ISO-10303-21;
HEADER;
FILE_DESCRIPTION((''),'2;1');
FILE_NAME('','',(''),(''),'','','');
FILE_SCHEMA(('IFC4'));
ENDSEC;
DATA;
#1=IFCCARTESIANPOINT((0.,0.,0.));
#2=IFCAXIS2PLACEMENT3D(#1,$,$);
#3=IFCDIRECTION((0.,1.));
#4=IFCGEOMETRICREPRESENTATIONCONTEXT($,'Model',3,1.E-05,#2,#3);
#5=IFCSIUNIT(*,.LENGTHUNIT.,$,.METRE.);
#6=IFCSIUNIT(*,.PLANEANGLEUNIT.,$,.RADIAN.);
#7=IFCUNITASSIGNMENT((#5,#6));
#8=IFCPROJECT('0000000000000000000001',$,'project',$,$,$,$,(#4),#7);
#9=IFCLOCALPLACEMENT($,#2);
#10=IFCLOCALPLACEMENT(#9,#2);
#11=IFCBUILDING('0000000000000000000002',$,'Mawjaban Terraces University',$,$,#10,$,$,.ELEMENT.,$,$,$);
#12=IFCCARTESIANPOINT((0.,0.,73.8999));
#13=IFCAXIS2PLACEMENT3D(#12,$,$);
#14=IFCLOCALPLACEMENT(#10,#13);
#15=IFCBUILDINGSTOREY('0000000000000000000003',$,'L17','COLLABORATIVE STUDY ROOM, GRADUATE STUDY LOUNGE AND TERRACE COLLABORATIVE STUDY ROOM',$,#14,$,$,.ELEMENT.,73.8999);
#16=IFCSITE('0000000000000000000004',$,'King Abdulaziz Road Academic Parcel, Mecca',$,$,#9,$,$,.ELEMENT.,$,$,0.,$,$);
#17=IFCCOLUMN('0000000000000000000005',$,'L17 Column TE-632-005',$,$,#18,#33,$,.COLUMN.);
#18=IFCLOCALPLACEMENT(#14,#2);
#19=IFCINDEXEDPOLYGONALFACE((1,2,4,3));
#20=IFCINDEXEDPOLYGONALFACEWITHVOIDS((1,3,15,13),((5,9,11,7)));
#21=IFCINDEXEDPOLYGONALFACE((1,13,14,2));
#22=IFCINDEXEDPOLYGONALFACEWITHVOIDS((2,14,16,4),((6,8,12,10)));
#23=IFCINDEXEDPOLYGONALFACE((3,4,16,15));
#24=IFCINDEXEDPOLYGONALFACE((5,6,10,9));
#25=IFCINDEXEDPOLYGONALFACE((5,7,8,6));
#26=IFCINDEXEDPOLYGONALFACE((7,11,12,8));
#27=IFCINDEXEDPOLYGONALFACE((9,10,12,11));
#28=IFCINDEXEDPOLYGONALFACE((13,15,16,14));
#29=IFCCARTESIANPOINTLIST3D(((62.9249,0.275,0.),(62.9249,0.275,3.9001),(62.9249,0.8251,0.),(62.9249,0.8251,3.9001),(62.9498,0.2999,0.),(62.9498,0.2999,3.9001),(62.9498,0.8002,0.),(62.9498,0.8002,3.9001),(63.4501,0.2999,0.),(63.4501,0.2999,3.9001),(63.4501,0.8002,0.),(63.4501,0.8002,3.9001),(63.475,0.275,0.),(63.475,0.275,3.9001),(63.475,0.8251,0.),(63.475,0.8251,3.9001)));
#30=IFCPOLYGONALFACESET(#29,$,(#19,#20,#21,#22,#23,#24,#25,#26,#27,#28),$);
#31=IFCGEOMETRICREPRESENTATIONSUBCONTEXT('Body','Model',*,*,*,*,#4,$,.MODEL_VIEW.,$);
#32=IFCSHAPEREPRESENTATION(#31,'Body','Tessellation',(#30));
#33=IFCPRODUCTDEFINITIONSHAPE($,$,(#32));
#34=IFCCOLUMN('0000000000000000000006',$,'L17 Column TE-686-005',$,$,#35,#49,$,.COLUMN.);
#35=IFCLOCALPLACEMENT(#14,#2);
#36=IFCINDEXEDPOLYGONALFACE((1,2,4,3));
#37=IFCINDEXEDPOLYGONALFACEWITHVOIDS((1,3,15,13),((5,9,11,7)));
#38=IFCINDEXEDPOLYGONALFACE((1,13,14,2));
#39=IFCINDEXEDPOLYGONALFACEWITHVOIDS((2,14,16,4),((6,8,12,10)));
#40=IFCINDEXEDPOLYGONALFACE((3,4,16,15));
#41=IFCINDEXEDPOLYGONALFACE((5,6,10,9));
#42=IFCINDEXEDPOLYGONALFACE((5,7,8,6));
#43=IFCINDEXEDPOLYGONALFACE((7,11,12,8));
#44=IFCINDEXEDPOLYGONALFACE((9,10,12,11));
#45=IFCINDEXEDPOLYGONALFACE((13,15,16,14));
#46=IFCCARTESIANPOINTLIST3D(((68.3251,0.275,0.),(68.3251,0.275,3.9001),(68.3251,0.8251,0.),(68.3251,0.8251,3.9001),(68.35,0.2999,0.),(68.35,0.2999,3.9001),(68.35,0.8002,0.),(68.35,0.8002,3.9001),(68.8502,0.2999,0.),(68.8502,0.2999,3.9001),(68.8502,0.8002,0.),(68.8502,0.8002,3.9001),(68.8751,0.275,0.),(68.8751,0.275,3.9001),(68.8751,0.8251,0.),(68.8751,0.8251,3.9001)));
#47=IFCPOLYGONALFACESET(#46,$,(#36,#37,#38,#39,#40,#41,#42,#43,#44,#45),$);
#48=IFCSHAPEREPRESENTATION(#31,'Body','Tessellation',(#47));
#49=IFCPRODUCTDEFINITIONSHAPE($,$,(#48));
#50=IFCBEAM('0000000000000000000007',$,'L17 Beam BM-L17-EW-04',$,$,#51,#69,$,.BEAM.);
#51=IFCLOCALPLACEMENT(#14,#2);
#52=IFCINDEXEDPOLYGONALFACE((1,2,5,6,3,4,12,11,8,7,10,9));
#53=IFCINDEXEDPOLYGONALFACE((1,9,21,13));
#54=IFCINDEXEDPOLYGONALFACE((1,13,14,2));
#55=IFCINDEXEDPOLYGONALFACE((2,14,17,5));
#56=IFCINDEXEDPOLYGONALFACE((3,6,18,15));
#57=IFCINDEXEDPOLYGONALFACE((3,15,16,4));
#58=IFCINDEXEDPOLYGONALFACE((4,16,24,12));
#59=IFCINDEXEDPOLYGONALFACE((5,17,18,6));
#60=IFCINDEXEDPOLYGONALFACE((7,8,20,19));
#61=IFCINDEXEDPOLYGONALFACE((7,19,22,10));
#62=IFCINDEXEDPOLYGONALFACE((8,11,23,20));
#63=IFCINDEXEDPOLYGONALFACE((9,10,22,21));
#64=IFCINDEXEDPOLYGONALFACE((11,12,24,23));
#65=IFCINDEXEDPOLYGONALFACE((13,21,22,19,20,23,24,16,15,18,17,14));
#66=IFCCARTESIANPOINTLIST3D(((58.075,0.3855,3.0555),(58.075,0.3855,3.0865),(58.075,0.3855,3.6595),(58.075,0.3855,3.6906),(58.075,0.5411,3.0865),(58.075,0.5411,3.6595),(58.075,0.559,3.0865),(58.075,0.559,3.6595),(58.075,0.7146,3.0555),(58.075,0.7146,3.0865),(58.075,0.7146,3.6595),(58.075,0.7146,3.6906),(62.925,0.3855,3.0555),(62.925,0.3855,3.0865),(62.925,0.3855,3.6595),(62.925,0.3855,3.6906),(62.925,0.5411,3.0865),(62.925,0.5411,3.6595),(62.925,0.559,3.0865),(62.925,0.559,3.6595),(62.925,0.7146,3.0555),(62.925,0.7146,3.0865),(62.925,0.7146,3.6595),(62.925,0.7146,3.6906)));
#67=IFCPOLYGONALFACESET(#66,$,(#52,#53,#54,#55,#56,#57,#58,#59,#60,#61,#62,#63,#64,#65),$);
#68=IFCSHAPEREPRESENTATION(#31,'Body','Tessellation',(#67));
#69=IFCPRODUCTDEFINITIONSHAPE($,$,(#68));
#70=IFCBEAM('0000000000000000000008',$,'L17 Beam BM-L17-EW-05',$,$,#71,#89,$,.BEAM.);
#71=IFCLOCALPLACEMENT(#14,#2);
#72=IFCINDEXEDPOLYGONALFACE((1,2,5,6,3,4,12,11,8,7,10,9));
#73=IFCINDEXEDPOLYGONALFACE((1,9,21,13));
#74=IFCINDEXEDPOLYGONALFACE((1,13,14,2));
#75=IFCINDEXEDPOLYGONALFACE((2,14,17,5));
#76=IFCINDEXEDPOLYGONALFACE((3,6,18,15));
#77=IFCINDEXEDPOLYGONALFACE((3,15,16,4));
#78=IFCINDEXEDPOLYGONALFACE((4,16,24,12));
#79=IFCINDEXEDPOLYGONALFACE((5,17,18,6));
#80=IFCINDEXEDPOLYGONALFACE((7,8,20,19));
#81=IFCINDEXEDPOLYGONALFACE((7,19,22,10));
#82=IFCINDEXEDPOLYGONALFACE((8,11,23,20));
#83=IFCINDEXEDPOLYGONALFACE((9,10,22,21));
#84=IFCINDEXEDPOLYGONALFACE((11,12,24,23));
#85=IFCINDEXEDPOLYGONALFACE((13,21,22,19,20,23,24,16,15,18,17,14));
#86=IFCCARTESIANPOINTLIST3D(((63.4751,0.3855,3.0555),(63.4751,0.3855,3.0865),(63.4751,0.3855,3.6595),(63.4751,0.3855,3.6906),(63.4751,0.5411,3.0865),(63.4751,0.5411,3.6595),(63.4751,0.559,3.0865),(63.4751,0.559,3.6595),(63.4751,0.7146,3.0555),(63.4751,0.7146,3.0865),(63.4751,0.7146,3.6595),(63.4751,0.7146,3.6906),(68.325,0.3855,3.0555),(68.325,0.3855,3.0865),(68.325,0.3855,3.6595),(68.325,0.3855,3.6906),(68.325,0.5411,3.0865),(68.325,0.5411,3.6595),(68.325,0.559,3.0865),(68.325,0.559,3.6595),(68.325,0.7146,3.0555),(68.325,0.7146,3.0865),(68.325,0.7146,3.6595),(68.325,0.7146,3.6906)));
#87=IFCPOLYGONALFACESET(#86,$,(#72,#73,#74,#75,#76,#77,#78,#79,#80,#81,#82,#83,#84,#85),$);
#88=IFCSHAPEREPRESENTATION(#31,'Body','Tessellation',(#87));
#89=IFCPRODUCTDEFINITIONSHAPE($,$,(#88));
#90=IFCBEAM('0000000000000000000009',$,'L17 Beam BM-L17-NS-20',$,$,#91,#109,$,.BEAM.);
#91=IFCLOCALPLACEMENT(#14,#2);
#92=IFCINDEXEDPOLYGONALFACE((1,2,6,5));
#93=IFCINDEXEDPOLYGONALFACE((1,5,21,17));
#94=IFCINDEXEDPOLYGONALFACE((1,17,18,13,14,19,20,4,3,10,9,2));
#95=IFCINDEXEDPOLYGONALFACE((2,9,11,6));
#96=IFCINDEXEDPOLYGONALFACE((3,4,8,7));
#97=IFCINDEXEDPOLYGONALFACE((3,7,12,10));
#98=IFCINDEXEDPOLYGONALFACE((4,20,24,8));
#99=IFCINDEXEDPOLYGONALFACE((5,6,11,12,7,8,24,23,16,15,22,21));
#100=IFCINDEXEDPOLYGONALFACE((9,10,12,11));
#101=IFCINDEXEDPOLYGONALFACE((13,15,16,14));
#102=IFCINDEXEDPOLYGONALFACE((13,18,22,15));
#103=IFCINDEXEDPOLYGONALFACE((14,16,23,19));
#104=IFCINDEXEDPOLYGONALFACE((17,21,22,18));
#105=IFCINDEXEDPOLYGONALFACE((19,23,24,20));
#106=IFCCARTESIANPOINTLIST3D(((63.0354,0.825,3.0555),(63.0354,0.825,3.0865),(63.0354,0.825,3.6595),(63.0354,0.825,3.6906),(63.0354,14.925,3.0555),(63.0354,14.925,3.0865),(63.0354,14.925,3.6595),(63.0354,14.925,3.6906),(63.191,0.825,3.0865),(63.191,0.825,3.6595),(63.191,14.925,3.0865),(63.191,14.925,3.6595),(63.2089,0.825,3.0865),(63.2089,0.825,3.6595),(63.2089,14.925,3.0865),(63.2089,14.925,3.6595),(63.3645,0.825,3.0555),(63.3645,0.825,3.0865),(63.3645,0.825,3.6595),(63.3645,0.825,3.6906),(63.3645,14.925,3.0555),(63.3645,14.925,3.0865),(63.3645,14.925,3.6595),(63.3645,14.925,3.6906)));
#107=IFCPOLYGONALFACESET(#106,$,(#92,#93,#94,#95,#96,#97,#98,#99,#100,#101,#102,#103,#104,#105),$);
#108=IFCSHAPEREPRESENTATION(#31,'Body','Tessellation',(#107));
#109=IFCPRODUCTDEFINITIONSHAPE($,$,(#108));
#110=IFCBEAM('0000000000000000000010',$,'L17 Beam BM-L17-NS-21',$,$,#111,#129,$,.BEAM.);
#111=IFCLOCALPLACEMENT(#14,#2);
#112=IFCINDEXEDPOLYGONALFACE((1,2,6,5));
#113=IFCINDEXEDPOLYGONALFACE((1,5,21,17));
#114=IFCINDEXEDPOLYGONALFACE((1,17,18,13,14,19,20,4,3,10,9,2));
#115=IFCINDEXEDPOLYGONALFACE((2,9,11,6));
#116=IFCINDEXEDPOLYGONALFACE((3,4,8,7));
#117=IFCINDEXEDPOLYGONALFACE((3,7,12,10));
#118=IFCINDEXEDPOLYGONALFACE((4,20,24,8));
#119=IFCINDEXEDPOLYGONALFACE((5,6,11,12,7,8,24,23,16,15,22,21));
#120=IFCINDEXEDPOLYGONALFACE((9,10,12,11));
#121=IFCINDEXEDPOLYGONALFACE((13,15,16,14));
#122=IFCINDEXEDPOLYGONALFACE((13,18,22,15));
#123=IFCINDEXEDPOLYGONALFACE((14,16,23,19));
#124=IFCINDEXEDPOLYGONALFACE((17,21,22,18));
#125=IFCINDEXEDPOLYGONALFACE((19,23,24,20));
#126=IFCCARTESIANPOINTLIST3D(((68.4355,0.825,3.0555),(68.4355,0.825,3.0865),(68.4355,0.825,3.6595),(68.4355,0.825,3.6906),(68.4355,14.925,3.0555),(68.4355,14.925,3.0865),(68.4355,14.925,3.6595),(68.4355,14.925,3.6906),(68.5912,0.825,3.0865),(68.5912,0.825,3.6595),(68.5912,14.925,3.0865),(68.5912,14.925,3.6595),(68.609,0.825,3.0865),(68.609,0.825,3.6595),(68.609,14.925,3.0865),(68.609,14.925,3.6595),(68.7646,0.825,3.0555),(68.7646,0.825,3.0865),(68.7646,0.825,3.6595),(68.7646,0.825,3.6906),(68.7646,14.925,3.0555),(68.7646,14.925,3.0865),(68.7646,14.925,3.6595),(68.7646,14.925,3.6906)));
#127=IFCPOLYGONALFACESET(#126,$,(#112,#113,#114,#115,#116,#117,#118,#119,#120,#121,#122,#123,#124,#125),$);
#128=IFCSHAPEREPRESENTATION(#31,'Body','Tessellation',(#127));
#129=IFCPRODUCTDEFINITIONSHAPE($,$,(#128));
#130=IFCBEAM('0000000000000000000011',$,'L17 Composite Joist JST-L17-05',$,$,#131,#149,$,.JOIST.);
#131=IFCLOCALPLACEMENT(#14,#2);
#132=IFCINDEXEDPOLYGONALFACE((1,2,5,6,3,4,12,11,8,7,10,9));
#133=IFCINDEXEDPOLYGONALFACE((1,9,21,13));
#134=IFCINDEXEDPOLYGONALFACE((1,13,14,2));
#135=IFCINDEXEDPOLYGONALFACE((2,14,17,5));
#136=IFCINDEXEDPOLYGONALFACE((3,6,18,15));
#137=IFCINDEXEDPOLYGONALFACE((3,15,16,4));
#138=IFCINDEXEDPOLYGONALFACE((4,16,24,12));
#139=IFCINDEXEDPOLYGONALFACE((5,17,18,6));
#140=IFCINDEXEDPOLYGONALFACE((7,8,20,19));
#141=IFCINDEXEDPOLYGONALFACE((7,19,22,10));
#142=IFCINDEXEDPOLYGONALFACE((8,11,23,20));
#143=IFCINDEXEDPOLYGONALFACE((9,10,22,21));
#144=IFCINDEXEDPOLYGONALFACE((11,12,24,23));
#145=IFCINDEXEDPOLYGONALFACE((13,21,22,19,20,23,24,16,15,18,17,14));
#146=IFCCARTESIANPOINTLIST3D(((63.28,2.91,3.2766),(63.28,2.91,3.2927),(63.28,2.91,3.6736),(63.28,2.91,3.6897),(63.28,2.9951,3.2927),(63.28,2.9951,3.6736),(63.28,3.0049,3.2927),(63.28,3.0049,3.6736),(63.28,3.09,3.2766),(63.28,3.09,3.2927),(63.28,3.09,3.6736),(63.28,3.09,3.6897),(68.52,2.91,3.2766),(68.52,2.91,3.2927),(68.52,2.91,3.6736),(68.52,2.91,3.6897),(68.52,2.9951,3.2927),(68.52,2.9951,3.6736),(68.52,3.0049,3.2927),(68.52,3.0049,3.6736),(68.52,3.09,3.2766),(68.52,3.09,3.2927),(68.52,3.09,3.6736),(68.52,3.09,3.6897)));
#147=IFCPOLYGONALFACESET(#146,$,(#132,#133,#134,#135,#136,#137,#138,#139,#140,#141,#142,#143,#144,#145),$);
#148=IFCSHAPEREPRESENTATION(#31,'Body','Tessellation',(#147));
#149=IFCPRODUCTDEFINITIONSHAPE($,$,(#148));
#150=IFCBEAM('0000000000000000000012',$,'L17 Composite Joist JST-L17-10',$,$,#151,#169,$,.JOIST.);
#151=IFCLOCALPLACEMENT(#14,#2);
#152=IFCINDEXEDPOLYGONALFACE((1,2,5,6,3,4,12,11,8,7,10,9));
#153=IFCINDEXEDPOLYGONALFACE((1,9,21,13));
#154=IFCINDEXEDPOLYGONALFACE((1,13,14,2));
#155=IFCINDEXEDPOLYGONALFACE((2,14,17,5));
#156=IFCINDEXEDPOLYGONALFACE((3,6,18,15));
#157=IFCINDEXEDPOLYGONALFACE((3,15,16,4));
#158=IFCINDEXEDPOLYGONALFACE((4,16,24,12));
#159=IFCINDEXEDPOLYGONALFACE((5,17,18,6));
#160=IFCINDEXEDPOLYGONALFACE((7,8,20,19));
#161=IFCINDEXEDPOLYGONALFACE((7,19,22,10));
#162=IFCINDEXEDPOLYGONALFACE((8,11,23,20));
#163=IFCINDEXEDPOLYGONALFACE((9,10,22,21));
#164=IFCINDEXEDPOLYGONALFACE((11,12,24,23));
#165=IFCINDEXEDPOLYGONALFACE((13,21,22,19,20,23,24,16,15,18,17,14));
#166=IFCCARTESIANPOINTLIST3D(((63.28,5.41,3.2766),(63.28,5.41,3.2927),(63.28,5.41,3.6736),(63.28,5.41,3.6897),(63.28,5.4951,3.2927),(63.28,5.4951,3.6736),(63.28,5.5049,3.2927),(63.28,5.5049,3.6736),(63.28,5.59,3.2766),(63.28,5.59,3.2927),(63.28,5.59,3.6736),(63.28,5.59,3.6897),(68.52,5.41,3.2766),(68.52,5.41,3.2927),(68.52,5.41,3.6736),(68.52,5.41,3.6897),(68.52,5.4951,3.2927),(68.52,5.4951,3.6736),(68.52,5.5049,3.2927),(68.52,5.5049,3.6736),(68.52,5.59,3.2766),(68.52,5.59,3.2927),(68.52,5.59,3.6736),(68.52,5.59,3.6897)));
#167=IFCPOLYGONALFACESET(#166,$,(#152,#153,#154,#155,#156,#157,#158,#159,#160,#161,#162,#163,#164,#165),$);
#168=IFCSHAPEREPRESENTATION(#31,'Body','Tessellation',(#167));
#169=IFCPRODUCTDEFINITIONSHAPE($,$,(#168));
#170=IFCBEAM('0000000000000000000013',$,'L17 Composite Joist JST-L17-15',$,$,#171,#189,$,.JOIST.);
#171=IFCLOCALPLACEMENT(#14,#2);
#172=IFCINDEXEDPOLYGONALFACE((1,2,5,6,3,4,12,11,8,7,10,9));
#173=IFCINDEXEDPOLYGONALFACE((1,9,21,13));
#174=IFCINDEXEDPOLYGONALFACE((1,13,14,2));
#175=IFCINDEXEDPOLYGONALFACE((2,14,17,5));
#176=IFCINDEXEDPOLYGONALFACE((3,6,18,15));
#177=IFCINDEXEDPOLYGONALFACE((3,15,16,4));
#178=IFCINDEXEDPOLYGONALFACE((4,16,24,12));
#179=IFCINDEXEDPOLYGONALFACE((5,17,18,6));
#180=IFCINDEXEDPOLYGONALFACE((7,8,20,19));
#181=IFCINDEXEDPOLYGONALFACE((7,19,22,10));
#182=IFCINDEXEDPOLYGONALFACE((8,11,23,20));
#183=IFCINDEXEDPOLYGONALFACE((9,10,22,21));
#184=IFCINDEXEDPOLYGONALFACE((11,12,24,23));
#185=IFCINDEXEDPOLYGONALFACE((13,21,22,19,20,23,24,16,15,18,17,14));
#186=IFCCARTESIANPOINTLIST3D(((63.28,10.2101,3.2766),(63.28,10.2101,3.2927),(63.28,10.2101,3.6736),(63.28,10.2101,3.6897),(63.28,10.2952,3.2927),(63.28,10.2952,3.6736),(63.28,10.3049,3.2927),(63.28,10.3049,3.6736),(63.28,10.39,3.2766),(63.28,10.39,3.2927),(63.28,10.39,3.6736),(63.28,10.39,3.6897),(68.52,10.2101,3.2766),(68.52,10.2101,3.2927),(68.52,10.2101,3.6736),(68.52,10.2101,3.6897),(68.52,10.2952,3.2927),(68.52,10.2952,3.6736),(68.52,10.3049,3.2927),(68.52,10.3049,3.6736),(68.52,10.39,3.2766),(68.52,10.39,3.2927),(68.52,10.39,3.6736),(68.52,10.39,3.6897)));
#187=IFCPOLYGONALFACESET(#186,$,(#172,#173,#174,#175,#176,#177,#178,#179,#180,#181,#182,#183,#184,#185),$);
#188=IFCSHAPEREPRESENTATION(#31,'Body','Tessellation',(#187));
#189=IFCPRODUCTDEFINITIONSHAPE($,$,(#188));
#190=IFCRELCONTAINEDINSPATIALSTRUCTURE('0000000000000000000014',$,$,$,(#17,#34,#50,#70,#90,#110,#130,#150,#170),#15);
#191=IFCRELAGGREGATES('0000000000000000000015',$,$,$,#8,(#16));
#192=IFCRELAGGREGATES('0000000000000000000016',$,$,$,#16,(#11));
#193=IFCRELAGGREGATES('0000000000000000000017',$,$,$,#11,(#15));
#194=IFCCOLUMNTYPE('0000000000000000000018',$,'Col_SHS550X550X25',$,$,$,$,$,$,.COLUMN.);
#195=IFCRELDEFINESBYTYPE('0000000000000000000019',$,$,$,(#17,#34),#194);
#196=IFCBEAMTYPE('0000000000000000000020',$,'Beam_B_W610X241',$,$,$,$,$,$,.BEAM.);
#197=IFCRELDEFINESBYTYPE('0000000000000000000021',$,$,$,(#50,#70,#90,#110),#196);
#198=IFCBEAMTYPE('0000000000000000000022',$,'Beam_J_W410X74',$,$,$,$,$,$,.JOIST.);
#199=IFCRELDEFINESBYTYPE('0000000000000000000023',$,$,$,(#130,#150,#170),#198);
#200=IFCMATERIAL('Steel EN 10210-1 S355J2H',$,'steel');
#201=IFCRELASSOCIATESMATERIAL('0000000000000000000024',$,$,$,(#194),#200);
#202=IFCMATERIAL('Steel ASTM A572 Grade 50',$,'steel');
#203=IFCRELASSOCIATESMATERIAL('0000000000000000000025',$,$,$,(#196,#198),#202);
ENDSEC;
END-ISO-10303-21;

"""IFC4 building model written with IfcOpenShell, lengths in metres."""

from ifc_helpers import new_model, si_unit, direction, frame, origin, origin_2d, place, context, subcontext, project, spatial, hollow_rectangle, i_section, extrude, material, material_profile, profile_set, type_object, element, save


model = new_model("IFC4")

# Units and contexts
model_context = context("Model", 3, precision=1e-05, world=origin(), true_north=direction((0.0, 1.0)))
body_context = subcontext(model_context, "Body", "Model", "MODEL_VIEW")
ifc_project = project(units=[si_unit("LENGTHUNIT", "METRE"), si_unit("PLANEANGLEUNIT", "RADIAN")], contexts=[model_context])

# Site, building, storey
site_placement = place(None, origin())
site = spatial("IfcSite", under=ifc_project, at=site_placement, Name="King Abdulaziz Road Academic Parcel, Mecca", CompositionType="ELEMENT", RefElevation=0.0)
building_placement = place(site_placement, origin())
building = spatial("IfcBuilding", under=site, at=building_placement, Name="Mawjaban Terraces University", CompositionType="ELEMENT")
storey_placement = place(building_placement, frame((0.0, 0.0, 73.8999)))
storey = spatial("IfcBuildingStorey", under=building, at=storey_placement, Name="L17", Description="COLLABORATIVE STUDY ROOM, GRADUATE STUDY LOUNGE AND TERRACE COLLABORATIVE STUDY ROOM", CompositionType="ELEMENT", Elevation=73.8999)

# Columns
ifc_material_1 = material(Name="Steel EN 10210-1 S355J2H", Category="steel")
ifc_material_profile_1 = material_profile(ifc_material_1, hollow_rectangle(XDim=0.55, YDim=0.55, WallThickness=0.0249, at=origin_2d()), Name="SHS550X550X25")
ifc_profile_set_1 = profile_set([ifc_material_profile_1], Name="Steel EN 10210-1 S355J2H")
column_type = type_object("IfcColumnType", Name="Col_SHS550X550X25", PredefinedType="COLUMN", material=ifc_profile_set_1)
for number, where, z_axis, x_axis, name in (
    (1, (63.2, 0.55, 0.0), (0.0, 0.0, 1.0), (1.0, 0.0, 0.0), "L17 Column TE-632-005"),
    (2, (68.6001, 0.55, 0.0), (0.0, 0.0, 1.0), (1.0, 0.0, 0.0), "L17 Column TE-686-005"),
):
    element("IfcColumn", number, at=place(storey_placement, frame(where, z_axis=z_axis, x_axis=x_axis)), inside=storey, type_object=column_type, Name=name, PredefinedType="COLUMN", context=body_context, shape_type="SweptSolid", body=[
        extrude(hollow_rectangle(XDim=0.55, YDim=0.55, WallThickness=0.0249, at=origin_2d()), origin(), (0.0, 0.0, 1.0), 3.9001),
    ])

# Beams
ifc_material_2 = material(Name="Steel ASTM A572 Grade 50", Category="steel")
ifc_material_profile_2 = material_profile(ifc_material_2, i_section(OverallWidth=0.3291, OverallDepth=0.635, WebThickness=0.0178, FlangeThickness=0.031, at=origin_2d()), Name="W610X241")
ifc_profile_set_2 = profile_set([ifc_material_profile_2], Name="Steel ASTM A572 Grade 50")
beam_type_1 = type_object("IfcBeamType", Name="Beam_B_W610X241", PredefinedType="BEAM", material=ifc_profile_set_2)
beam_1_placement = place(storey_placement, frame((58.075, 0.55, 3.373), z_axis=(1.0, 0.0, 0.0), x_axis=(0.0, 1.0, 0.0)))
element("IfcBeam", 3, at=beam_1_placement, inside=storey, type_object=beam_type_1, Name="L17 Beam BM-L17-EW-04", PredefinedType="BEAM", context=body_context, shape_type="SweptSolid", body=[
    extrude(i_section(OverallWidth=0.3291, OverallDepth=0.635, WebThickness=0.0178, FlangeThickness=0.031, at=origin_2d()), origin(), (0.0, 0.0, 1.0), 4.8501),
])
beam_2_placement = place(storey_placement, frame((63.4751, 0.55, 3.373), z_axis=(1.0, 0.0, 0.0), x_axis=(0.0, 1.0, 0.0)))
element("IfcBeam", 4, at=beam_2_placement, inside=storey, type_object=beam_type_1, Name="L17 Beam BM-L17-EW-05", PredefinedType="BEAM", context=body_context, shape_type="SweptSolid", body=[
    extrude(i_section(OverallWidth=0.3291, OverallDepth=0.635, WebThickness=0.0178, FlangeThickness=0.031, at=origin_2d()), origin(), (0.0, 0.0, 1.0), 4.8499),
])
for number, where, z_axis, x_axis, name in (
    (5, (63.2, 0.825, 3.373), (0.0, 1.0, 0.0), (-1.0, 0.0, 0.0), "L17 Beam BM-L17-NS-20"),
    (6, (68.6001, 0.825, 3.373), (0.0, 1.0, 0.0), (-1.0, 0.0, 0.0), "L17 Beam BM-L17-NS-21"),
):
    element("IfcBeam", number, at=place(storey_placement, frame(where, z_axis=z_axis, x_axis=x_axis)), inside=storey, type_object=beam_type_1, Name=name, PredefinedType="BEAM", context=body_context, shape_type="SweptSolid", body=[
        extrude(i_section(OverallWidth=0.3291, OverallDepth=0.635, WebThickness=0.0178, FlangeThickness=0.031, at=origin_2d()), origin(), (0.0, 0.0, 1.0), 14.1001),
    ])
ifc_material_profile_3 = material_profile(ifc_material_2, i_section(OverallWidth=0.1799, OverallDepth=0.4131, WebThickness=0.0098, FlangeThickness=0.0161, at=origin_2d()), Name="W410X74")
ifc_profile_set_3 = profile_set([ifc_material_profile_3], Name="Steel ASTM A572 Grade 50")
beam_type_2 = type_object("IfcBeamType", Name="Beam_J_W410X74", PredefinedType="JOIST", material=ifc_profile_set_3)
for number, where, z_axis, x_axis, name in (
    (7, (63.28, 3.0, 3.4832), (1.0, 0.0, 0.0), (0.0, 1.0, 0.0), "L17 Composite Joist JST-L17-05"),
    (8, (63.28, 5.5, 3.4832), (1.0, 0.0, 0.0), (0.0, 1.0, 0.0), "L17 Composite Joist JST-L17-10"),
    (9, (63.28, 10.3, 3.4832), (1.0, 0.0, 0.0), (0.0, 1.0, 0.0), "L17 Composite Joist JST-L17-15"),
):
    element("IfcBeam", number, at=place(storey_placement, frame(where, z_axis=z_axis, x_axis=x_axis)), inside=storey, type_object=beam_type_2, Name=name, PredefinedType="JOIST", context=body_context, shape_type="SweptSolid", body=[
        extrude(i_section(OverallWidth=0.1799, OverallDepth=0.4131, WebThickness=0.0098, FlangeThickness=0.0161, at=origin_2d()), origin(), (0.0, 0.0, 1.0), 5.24),
    ])

save(model, "model.ifc")
